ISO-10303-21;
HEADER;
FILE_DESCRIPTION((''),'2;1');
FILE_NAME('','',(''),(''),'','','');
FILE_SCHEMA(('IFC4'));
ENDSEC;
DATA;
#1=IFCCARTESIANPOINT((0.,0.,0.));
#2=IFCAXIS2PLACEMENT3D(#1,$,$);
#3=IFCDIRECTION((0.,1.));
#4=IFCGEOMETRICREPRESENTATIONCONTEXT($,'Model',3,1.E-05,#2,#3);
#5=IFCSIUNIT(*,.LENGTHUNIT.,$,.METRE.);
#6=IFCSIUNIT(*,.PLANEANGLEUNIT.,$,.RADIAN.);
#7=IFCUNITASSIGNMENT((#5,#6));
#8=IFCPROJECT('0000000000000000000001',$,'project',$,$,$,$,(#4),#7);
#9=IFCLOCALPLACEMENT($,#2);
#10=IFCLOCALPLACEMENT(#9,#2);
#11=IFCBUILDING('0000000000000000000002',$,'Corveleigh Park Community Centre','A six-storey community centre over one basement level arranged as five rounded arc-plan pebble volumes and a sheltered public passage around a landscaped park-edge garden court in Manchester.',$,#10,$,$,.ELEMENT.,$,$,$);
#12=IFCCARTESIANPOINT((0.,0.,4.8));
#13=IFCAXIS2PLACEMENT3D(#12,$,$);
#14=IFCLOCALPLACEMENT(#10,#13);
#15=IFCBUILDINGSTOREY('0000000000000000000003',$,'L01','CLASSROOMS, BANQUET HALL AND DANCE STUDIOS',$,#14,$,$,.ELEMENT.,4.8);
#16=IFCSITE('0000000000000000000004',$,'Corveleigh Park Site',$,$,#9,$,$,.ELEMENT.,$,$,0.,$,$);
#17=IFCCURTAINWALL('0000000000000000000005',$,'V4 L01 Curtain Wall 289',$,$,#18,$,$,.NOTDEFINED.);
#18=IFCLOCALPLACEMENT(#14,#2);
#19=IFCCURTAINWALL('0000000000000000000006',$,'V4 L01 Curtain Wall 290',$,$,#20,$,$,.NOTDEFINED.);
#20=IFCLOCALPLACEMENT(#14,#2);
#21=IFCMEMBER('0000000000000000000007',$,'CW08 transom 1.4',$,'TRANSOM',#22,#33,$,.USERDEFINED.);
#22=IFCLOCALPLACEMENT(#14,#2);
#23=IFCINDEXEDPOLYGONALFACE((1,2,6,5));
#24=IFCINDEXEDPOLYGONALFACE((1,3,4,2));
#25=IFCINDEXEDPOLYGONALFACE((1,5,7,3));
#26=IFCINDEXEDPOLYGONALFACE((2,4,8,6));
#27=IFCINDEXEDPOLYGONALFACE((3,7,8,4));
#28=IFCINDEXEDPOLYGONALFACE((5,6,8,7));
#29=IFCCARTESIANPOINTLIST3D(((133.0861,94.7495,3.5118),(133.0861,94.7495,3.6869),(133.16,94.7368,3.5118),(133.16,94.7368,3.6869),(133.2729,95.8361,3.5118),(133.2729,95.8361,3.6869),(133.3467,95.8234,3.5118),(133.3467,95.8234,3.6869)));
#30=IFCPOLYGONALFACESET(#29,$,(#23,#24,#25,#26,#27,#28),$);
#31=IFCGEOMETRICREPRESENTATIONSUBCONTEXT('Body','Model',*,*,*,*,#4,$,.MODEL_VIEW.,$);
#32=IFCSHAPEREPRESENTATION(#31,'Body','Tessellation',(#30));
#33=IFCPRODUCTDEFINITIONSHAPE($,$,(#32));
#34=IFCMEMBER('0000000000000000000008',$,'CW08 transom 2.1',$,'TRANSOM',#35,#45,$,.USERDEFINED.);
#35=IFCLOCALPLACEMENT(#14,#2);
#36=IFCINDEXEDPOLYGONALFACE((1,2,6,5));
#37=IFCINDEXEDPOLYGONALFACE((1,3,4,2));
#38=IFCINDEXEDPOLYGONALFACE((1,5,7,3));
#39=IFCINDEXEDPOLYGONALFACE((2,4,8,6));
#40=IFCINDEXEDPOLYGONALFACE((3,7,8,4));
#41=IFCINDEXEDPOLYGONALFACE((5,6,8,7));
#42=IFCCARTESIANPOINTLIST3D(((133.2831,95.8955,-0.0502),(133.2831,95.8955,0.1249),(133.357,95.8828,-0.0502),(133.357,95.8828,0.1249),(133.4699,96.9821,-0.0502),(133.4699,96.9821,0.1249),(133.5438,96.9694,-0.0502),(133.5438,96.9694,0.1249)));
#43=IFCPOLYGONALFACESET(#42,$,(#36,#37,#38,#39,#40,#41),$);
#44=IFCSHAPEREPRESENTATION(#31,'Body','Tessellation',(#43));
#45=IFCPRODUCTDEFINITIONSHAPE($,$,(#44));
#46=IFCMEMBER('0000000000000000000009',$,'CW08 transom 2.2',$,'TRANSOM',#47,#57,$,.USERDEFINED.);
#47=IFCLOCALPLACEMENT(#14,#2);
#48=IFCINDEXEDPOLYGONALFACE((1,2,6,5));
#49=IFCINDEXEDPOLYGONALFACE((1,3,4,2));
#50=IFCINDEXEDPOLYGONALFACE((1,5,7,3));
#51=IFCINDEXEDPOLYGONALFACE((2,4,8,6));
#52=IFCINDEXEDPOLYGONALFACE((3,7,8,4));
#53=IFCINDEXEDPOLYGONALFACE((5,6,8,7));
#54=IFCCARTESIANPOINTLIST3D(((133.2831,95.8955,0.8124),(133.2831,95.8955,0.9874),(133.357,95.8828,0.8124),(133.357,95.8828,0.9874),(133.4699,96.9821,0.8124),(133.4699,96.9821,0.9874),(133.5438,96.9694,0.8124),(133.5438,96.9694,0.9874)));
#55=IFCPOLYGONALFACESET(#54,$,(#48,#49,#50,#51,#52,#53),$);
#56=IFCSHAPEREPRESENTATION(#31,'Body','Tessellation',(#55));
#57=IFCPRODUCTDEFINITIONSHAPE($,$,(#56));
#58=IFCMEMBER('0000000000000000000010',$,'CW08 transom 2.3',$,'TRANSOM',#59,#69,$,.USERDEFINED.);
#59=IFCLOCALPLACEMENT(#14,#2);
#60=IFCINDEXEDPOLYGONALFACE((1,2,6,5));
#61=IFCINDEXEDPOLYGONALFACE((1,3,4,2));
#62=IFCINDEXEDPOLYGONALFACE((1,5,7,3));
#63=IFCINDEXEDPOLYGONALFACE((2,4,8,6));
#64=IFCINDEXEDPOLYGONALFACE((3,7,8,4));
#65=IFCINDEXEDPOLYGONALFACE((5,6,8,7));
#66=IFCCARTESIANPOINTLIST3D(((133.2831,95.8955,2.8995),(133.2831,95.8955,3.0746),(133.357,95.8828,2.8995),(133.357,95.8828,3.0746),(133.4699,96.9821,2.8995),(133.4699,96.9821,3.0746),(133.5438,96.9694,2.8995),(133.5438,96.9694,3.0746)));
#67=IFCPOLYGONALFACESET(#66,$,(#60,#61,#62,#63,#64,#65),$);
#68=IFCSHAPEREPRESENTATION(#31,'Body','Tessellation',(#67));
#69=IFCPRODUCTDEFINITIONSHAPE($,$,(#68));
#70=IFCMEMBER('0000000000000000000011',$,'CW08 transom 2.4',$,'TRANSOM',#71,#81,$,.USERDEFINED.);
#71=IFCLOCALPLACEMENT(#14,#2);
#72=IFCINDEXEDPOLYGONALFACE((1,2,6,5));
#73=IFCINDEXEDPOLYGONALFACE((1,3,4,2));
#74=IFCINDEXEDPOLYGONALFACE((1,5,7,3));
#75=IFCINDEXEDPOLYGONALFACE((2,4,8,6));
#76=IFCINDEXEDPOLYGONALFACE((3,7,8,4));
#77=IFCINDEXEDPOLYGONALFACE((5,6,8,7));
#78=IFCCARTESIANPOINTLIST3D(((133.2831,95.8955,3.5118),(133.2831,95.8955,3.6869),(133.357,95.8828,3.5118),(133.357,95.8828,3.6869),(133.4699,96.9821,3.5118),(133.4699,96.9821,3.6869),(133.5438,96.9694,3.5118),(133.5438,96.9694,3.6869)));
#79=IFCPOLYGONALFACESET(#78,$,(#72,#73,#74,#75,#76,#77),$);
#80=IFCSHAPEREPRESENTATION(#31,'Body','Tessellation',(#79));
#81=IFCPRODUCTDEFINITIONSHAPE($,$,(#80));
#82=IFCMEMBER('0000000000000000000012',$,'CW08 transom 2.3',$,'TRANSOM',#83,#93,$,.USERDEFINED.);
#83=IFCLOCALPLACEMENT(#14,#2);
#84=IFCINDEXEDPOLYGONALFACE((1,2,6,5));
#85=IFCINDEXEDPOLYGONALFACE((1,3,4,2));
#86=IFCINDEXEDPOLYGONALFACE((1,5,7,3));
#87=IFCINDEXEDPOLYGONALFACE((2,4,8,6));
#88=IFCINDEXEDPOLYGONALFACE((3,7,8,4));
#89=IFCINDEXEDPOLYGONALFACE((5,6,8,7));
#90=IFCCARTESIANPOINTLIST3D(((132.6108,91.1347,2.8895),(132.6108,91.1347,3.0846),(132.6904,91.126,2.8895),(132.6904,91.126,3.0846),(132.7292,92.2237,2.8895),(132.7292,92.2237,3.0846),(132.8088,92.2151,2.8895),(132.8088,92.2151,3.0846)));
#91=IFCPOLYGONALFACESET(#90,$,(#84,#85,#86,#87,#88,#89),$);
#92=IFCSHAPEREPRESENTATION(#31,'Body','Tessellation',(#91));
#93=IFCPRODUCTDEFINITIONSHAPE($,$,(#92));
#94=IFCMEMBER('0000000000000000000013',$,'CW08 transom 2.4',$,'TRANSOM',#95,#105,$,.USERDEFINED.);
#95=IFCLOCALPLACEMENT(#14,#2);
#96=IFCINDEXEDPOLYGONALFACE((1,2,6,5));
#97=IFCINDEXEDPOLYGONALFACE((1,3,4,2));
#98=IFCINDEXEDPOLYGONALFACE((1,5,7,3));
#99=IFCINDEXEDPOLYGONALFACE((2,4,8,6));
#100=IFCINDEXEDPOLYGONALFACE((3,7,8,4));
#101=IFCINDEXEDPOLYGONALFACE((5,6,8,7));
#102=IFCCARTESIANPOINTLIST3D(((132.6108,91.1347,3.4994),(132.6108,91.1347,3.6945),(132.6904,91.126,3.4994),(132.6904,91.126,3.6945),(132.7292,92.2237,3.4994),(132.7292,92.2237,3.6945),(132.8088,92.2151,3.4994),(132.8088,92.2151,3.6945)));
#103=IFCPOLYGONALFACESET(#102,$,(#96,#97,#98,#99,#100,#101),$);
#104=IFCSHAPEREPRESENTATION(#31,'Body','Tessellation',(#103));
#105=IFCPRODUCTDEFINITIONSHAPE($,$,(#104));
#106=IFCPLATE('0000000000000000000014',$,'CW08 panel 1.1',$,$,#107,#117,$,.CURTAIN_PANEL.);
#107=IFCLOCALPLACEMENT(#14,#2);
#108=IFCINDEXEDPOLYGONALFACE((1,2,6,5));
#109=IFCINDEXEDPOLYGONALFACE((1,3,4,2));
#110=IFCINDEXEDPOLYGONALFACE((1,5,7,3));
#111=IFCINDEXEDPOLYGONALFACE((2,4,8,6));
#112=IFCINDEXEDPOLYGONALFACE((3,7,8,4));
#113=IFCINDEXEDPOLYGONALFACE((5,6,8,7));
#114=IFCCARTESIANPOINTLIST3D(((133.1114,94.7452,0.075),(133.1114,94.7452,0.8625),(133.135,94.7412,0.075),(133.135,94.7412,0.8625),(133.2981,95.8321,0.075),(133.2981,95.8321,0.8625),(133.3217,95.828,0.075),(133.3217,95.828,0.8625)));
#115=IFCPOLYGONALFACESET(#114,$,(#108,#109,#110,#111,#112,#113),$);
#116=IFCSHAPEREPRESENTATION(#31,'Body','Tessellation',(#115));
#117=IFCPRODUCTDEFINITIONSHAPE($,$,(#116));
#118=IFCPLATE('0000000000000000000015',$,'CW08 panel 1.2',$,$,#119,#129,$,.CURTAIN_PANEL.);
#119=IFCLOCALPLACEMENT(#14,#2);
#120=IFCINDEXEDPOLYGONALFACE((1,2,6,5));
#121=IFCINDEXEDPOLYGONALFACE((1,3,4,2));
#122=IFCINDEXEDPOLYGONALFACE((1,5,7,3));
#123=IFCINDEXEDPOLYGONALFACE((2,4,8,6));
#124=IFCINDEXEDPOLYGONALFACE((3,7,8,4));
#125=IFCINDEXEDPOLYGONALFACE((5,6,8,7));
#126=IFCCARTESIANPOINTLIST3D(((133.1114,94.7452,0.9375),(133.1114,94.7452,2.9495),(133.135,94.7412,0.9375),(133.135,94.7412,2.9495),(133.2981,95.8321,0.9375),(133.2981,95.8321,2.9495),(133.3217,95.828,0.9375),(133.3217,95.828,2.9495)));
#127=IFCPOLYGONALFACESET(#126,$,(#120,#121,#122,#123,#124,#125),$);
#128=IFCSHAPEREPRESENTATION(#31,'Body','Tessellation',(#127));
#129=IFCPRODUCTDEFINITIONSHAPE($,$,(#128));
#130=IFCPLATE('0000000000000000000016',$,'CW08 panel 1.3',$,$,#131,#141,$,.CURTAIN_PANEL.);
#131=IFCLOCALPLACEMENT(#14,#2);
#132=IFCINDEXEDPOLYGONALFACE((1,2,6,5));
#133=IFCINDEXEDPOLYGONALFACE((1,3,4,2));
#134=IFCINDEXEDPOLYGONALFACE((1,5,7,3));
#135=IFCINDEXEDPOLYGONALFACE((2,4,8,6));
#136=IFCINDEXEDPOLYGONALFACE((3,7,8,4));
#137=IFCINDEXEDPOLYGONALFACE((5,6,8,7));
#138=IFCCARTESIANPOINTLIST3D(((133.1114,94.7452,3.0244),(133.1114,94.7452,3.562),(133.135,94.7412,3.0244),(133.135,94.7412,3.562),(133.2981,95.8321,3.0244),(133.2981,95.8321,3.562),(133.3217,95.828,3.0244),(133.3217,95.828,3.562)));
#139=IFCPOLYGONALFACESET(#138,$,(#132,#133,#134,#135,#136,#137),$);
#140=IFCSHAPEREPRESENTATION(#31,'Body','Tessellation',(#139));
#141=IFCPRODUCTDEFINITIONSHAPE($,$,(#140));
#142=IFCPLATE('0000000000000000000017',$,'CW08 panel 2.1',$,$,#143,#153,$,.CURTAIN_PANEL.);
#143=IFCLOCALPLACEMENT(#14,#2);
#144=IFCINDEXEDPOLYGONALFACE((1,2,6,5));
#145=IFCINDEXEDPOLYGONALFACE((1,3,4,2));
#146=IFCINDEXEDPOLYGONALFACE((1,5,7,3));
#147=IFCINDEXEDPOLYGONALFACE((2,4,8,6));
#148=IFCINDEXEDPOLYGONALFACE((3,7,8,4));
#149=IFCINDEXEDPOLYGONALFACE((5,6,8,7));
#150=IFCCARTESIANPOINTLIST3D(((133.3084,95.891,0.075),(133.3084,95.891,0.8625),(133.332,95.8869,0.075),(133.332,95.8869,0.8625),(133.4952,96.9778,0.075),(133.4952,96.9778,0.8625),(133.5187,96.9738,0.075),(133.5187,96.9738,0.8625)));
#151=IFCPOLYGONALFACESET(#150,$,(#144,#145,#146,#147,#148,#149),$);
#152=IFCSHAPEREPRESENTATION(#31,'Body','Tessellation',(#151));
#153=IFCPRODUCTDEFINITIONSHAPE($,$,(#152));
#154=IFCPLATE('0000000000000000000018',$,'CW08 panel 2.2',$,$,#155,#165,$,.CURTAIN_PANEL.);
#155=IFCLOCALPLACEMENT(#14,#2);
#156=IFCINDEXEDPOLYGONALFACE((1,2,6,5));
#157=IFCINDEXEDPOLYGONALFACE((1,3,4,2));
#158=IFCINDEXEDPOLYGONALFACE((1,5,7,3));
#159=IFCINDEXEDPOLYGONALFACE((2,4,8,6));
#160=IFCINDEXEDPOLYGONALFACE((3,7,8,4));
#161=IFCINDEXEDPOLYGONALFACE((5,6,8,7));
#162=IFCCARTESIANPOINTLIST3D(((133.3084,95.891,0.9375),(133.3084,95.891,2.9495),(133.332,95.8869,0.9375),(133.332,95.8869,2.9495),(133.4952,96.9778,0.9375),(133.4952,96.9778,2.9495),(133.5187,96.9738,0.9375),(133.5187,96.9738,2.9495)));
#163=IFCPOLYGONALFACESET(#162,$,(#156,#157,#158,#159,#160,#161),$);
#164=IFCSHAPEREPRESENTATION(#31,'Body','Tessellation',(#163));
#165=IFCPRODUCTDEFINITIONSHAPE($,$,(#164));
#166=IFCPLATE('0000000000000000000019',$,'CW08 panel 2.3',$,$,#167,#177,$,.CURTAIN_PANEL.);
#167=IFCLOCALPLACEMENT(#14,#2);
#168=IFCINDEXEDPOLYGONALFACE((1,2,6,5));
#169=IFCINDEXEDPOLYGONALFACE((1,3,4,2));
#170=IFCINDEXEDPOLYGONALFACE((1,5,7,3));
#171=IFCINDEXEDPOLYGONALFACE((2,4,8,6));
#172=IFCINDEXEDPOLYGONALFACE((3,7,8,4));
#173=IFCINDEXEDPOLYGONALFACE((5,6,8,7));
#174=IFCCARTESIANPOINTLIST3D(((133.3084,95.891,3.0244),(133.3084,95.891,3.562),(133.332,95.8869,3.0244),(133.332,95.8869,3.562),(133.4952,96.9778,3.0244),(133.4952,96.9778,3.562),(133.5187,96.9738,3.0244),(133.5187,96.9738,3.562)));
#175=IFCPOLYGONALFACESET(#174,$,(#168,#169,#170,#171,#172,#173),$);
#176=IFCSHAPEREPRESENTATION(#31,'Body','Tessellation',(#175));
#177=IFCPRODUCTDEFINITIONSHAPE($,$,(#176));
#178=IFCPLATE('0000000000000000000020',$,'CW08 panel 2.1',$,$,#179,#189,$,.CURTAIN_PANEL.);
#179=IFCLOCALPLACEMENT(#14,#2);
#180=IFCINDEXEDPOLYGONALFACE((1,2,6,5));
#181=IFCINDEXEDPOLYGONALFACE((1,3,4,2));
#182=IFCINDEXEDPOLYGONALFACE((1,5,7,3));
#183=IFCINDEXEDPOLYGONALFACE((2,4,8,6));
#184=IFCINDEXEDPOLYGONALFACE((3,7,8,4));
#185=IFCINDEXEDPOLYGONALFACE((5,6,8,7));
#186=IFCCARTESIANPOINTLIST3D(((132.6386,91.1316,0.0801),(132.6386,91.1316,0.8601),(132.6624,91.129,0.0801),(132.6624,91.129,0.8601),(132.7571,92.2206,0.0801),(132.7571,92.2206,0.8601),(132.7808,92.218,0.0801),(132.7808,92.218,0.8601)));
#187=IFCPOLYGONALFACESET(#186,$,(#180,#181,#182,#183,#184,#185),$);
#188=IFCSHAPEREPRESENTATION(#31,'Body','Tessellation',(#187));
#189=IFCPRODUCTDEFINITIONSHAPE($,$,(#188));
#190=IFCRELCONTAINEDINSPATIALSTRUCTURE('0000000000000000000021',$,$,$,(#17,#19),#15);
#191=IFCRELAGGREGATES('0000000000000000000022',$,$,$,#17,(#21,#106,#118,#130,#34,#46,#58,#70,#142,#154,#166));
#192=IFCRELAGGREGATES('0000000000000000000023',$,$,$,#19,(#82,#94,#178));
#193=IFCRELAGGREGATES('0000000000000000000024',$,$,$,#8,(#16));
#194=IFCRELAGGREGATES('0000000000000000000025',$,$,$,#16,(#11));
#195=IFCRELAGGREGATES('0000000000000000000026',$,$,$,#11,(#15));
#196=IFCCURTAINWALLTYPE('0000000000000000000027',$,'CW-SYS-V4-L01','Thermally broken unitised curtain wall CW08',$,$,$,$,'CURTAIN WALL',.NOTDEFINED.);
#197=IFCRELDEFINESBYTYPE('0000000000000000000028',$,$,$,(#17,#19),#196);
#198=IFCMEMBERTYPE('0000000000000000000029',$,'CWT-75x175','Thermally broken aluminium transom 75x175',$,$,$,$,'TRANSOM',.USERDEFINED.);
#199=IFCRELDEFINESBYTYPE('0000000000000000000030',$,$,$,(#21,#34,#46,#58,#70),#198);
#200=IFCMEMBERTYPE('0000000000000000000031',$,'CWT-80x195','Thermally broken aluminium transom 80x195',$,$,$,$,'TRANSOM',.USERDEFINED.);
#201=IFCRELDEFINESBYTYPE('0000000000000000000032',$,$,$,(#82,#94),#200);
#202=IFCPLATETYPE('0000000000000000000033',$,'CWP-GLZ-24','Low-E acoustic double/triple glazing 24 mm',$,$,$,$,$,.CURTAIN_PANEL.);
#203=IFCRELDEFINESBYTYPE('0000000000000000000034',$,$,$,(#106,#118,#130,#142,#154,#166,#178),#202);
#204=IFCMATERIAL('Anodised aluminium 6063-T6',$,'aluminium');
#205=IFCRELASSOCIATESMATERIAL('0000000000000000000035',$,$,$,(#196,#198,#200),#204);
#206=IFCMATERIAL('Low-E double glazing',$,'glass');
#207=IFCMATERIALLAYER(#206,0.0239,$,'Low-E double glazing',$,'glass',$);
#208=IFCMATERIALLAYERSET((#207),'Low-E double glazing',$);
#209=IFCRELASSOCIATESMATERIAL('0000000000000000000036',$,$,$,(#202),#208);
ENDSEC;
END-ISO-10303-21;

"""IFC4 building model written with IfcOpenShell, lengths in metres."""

from ifc_helpers import new_model, si_unit, direction, frame, origin, origin_2d, place, context, subcontext, project, spatial, rectangle, extrude, material, layer, layer_set, material_profile, profile_set, type_object, element, aggregate, save


model = new_model("IFC4")

# Units and contexts
model_context = context("Model", 3, precision=1e-05, world=origin(), true_north=direction((0.0, 1.0)))
body_context = subcontext(model_context, "Body", "Model", "MODEL_VIEW")
ifc_project = project(units=[si_unit("LENGTHUNIT", "METRE"), si_unit("PLANEANGLEUNIT", "RADIAN")], contexts=[model_context])

# Site, building, storey
site_placement = place(None, origin())
site = spatial("IfcSite", under=ifc_project, at=site_placement, Name="Corveleigh Park Site", CompositionType="ELEMENT", RefElevation=0.0)
building_placement = place(site_placement, origin())
building = spatial("IfcBuilding", under=site, at=building_placement, Name="Corveleigh Park Community Centre", Description="A six-storey community centre over one basement level arranged as five rounded arc-plan pebble volumes and a sheltered public passage around a landscaped park-edge garden court in Manchester.", CompositionType="ELEMENT")
storey_placement = place(building_placement, frame((0.0, 0.0, 4.8)))
storey = spatial("IfcBuildingStorey", under=building, at=storey_placement, Name="L01", Description="CLASSROOMS, BANQUET HALL AND DANCE STUDIOS", CompositionType="ELEMENT", Elevation=4.8)

# Curtain wall
ifc_material_1 = material(Name="Anodised aluminium 6063-T6", Category="aluminium")
curtain_wall_type = type_object("IfcCurtainWallType", Name="CW-SYS-V4-L01", Description="Thermally broken unitised curtain wall CW08", ElementType="CURTAIN WALL", PredefinedType="NOTDEFINED", material=ifc_material_1)
curtain_wall_1_placement = place(storey_placement, origin())
curtain_wall_1 = element("IfcCurtainWall", 1, at=curtain_wall_1_placement, inside=storey, type_object=curtain_wall_type, Name="V4 L01 Curtain Wall 289", PredefinedType="NOTDEFINED")

# Curtain wall
curtain_wall_2_placement = place(storey_placement, origin())
curtain_wall_2 = element("IfcCurtainWall", 2, at=curtain_wall_2_placement, inside=storey, type_object=curtain_wall_type, Name="V4 L01 Curtain Wall 290", PredefinedType="NOTDEFINED")

# Members
ifc_material_profile_1 = material_profile(ifc_material_1, rectangle(XDim=0.075, YDim=0.175, at=origin_2d()), Name="ALU-T75x175", Category="aluminium")
ifc_profile_set_1 = profile_set([ifc_material_profile_1], Name="Anodised aluminium 6063-T6")
member_type_1 = type_object("IfcMemberType", Name="CWT-75x175", Description="Thermally broken aluminium transom 75x175", ElementType="TRANSOM", PredefinedType="USERDEFINED", material=ifc_profile_set_1)
member_1_placement = place(storey_placement, frame((133.123, 94.7432, 3.5994), z_axis=(0.169388, 0.985549, 0.0), x_axis=(-0.985549, 0.169388, 0.0)))
member_1 = element("IfcMember", 3, at=member_1_placement, type_object=member_type_1, Name="CW08 transom 1.4", ObjectType="TRANSOM", PredefinedType="USERDEFINED", context=body_context, shape_type="SweptSolid", body=[
    extrude(rectangle(XDim=0.075, YDim=0.175, at=origin_2d()), origin(), (0.0, 0.0, 1.0), 1.1025),
])
member_2_placement = place(storey_placement, frame((133.3201, 95.8892, 0.0374), z_axis=(0.169388, 0.985549, 0.0), x_axis=(-0.985549, 0.169388, 0.0)))
member_2 = element("IfcMember", 4, at=member_2_placement, type_object=member_type_1, Name="CW08 transom 2.1", ObjectType="TRANSOM", PredefinedType="USERDEFINED", context=body_context, shape_type="SweptSolid", body=[
    extrude(rectangle(XDim=0.075, YDim=0.175, at=origin_2d()), origin(), (0.0, 0.0, 1.0), 1.1025),
])
member_3_placement = place(storey_placement, frame((133.3201, 95.8892, 0.8999), z_axis=(0.169388, 0.985549, 0.0), x_axis=(-0.985549, 0.169388, 0.0)))
member_3 = element("IfcMember", 5, at=member_3_placement, type_object=member_type_1, Name="CW08 transom 2.2", ObjectType="TRANSOM", PredefinedType="USERDEFINED", context=body_context, shape_type="SweptSolid", body=[
    extrude(rectangle(XDim=0.075, YDim=0.175, at=origin_2d()), origin(), (0.0, 0.0, 1.0), 1.1025),
])
member_4_placement = place(storey_placement, frame((133.3201, 95.8892, 2.9871), z_axis=(0.169388, 0.985549, 0.0), x_axis=(-0.985549, 0.169388, 0.0)))
member_4 = element("IfcMember", 6, at=member_4_placement, type_object=member_type_1, Name="CW08 transom 2.3", ObjectType="TRANSOM", PredefinedType="USERDEFINED", context=body_context, shape_type="SweptSolid", body=[
    extrude(rectangle(XDim=0.075, YDim=0.175, at=origin_2d()), origin(), (0.0, 0.0, 1.0), 1.1025),
])
member_5_placement = place(storey_placement, frame((133.3201, 95.8892, 3.5994), z_axis=(0.169388, 0.985549, 0.0), x_axis=(-0.985549, 0.169388, 0.0)))
member_5 = element("IfcMember", 7, at=member_5_placement, type_object=member_type_1, Name="CW08 transom 2.4", ObjectType="TRANSOM", PredefinedType="USERDEFINED", context=body_context, shape_type="SweptSolid", body=[
    extrude(rectangle(XDim=0.075, YDim=0.175, at=origin_2d()), origin(), (0.0, 0.0, 1.0), 1.1025),
])
ifc_material_profile_2 = material_profile(ifc_material_1, rectangle(XDim=0.0801, YDim=0.1951, at=origin_2d()), Name="ALU-T80x195", Category="aluminium")
ifc_profile_set_2 = profile_set([ifc_material_profile_2], Name="Anodised aluminium 6063-T6")
member_type_2 = type_object("IfcMemberType", Name="CWT-80x195", Description="Thermally broken aluminium transom 80x195", ElementType="TRANSOM", PredefinedType="USERDEFINED", material=ifc_profile_set_2)
member_6_placement = place(storey_placement, frame((132.6506, 91.1304, 2.9871), z_axis=(0.108083, 0.994142, 0.0), x_axis=(-0.994142, 0.108083, 0.0)))
member_6 = element("IfcMember", 8, at=member_6_placement, type_object=member_type_2, Name="CW08 transom 2.3", ObjectType="TRANSOM", PredefinedType="USERDEFINED", context=body_context, shape_type="SweptSolid", body=[
    extrude(rectangle(XDim=0.0801, YDim=0.1951, at=origin_2d()), origin(), (0.0, 0.0, 1.0), 1.0955),
])
member_7_placement = place(storey_placement, frame((132.6506, 91.1304, 3.5969), z_axis=(0.108083, 0.994142, 0.0), x_axis=(-0.994142, 0.108083, 0.0)))
member_7 = element("IfcMember", 9, at=member_7_placement, type_object=member_type_2, Name="CW08 transom 2.4", ObjectType="TRANSOM", PredefinedType="USERDEFINED", context=body_context, shape_type="SweptSolid", body=[
    extrude(rectangle(XDim=0.0801, YDim=0.1951, at=origin_2d()), origin(), (0.0, 0.0, 1.0), 1.0955),
])

# Plates
ifc_material_2 = material(Name="Low-E double glazing", Category="glass")
ifc_layer_1 = layer(ifc_material_2, 0.0239, Name="Low-E double glazing", Category="glass")
ifc_layer_set_1 = layer_set([ifc_layer_1], Name="Low-E double glazing")
plate_type = type_object("IfcPlateType", Name="CWP-GLZ-24", Description="Low-E acoustic double/triple glazing 24 mm", PredefinedType="CURTAIN_PANEL", material=ifc_layer_set_1)
plate_1_placement = place(storey_placement, frame((133.2166, 95.2866, 0.075), z_axis=(0.0, 0.0, 1.0), x_axis=(0.169359, 0.985554, 0.0)))
plate_1 = element("IfcPlate", 10, at=plate_1_placement, type_object=plate_type, Name="CW08 panel 1.1", PredefinedType="CURTAIN_PANEL", context=body_context, shape_type="SweptSolid", body=[
    extrude(rectangle(XDim=1.1028, YDim=0.0239, at=origin_2d()), origin(), (0.0, 0.0, 1.0), 0.7876),
])
plate_2_placement = place(storey_placement, frame((133.2166, 95.2866, 0.9375), z_axis=(0.0, 0.0, 1.0), x_axis=(0.169359, 0.985554, 0.0)))
plate_2 = element("IfcPlate", 11, at=plate_2_placement, type_object=plate_type, Name="CW08 panel 1.2", PredefinedType="CURTAIN_PANEL", context=body_context, shape_type="SweptSolid", body=[
    extrude(rectangle(XDim=1.1028, YDim=0.0239, at=origin_2d()), origin(), (0.0, 0.0, 1.0), 2.012),
])
plate_3_placement = place(storey_placement, frame((133.2166, 95.2866, 3.0244), z_axis=(0.0, 0.0, 1.0), x_axis=(0.169359, 0.985554, 0.0)))
plate_3 = element("IfcPlate", 12, at=plate_3_placement, type_object=plate_type, Name="CW08 panel 1.3", PredefinedType="CURTAIN_PANEL", context=body_context, shape_type="SweptSolid", body=[
    extrude(rectangle(XDim=1.1028, YDim=0.0239, at=origin_2d()), origin(), (0.0, 0.0, 1.0), 0.5376),
])
plate_4_placement = place(storey_placement, frame((133.4136, 96.4324, 0.075), z_axis=(0.0, 0.0, 1.0), x_axis=(0.169359, 0.985554, 0.0)))
plate_4 = element("IfcPlate", 13, at=plate_4_placement, type_object=plate_type, Name="CW08 panel 2.1", PredefinedType="CURTAIN_PANEL", context=body_context, shape_type="SweptSolid", body=[
    extrude(rectangle(XDim=1.1028, YDim=0.0239, at=origin_2d()), origin(), (0.0, 0.0, 1.0), 0.7876),
])
plate_5_placement = place(storey_placement, frame((133.4136, 96.4324, 0.9375), z_axis=(0.0, 0.0, 1.0), x_axis=(0.169359, 0.985554, 0.0)))
plate_5 = element("IfcPlate", 14, at=plate_5_placement, type_object=plate_type, Name="CW08 panel 2.2", PredefinedType="CURTAIN_PANEL", context=body_context, shape_type="SweptSolid", body=[
    extrude(rectangle(XDim=1.1028, YDim=0.0239, at=origin_2d()), origin(), (0.0, 0.0, 1.0), 2.012),
])
plate_6_placement = place(storey_placement, frame((133.4136, 96.4324, 3.0244), z_axis=(0.0, 0.0, 1.0), x_axis=(0.169359, 0.985554, 0.0)))
plate_6 = element("IfcPlate", 15, at=plate_6_placement, type_object=plate_type, Name="CW08 panel 2.3", PredefinedType="CURTAIN_PANEL", context=body_context, shape_type="SweptSolid", body=[
    extrude(rectangle(XDim=1.1028, YDim=0.0239, at=origin_2d()), origin(), (0.0, 0.0, 1.0), 0.5376),
])
aggregate(curtain_wall_1, [member_1, plate_1, plate_2, plate_3, member_2, member_3, member_4, member_5, plate_4, plate_5, plate_6])
plate_7_placement = place(storey_placement, frame((132.7097, 91.6748, 0.0801), z_axis=(0.0, 0.0, 1.0), x_axis=(0.108131, 0.994137, 0.0)))
plate_7 = element("IfcPlate", 16, at=plate_7_placement, type_object=plate_type, Name="CW08 panel 2.1", PredefinedType="CURTAIN_PANEL", context=body_context, shape_type="SweptSolid", body=[
    extrude(rectangle(XDim=1.0955, YDim=0.0239, at=origin_2d()), origin(), (0.0, 0.0, 1.0), 0.78),
])
aggregate(curtain_wall_2, [member_6, member_7, plate_7])

save(model, "model.ifc")
